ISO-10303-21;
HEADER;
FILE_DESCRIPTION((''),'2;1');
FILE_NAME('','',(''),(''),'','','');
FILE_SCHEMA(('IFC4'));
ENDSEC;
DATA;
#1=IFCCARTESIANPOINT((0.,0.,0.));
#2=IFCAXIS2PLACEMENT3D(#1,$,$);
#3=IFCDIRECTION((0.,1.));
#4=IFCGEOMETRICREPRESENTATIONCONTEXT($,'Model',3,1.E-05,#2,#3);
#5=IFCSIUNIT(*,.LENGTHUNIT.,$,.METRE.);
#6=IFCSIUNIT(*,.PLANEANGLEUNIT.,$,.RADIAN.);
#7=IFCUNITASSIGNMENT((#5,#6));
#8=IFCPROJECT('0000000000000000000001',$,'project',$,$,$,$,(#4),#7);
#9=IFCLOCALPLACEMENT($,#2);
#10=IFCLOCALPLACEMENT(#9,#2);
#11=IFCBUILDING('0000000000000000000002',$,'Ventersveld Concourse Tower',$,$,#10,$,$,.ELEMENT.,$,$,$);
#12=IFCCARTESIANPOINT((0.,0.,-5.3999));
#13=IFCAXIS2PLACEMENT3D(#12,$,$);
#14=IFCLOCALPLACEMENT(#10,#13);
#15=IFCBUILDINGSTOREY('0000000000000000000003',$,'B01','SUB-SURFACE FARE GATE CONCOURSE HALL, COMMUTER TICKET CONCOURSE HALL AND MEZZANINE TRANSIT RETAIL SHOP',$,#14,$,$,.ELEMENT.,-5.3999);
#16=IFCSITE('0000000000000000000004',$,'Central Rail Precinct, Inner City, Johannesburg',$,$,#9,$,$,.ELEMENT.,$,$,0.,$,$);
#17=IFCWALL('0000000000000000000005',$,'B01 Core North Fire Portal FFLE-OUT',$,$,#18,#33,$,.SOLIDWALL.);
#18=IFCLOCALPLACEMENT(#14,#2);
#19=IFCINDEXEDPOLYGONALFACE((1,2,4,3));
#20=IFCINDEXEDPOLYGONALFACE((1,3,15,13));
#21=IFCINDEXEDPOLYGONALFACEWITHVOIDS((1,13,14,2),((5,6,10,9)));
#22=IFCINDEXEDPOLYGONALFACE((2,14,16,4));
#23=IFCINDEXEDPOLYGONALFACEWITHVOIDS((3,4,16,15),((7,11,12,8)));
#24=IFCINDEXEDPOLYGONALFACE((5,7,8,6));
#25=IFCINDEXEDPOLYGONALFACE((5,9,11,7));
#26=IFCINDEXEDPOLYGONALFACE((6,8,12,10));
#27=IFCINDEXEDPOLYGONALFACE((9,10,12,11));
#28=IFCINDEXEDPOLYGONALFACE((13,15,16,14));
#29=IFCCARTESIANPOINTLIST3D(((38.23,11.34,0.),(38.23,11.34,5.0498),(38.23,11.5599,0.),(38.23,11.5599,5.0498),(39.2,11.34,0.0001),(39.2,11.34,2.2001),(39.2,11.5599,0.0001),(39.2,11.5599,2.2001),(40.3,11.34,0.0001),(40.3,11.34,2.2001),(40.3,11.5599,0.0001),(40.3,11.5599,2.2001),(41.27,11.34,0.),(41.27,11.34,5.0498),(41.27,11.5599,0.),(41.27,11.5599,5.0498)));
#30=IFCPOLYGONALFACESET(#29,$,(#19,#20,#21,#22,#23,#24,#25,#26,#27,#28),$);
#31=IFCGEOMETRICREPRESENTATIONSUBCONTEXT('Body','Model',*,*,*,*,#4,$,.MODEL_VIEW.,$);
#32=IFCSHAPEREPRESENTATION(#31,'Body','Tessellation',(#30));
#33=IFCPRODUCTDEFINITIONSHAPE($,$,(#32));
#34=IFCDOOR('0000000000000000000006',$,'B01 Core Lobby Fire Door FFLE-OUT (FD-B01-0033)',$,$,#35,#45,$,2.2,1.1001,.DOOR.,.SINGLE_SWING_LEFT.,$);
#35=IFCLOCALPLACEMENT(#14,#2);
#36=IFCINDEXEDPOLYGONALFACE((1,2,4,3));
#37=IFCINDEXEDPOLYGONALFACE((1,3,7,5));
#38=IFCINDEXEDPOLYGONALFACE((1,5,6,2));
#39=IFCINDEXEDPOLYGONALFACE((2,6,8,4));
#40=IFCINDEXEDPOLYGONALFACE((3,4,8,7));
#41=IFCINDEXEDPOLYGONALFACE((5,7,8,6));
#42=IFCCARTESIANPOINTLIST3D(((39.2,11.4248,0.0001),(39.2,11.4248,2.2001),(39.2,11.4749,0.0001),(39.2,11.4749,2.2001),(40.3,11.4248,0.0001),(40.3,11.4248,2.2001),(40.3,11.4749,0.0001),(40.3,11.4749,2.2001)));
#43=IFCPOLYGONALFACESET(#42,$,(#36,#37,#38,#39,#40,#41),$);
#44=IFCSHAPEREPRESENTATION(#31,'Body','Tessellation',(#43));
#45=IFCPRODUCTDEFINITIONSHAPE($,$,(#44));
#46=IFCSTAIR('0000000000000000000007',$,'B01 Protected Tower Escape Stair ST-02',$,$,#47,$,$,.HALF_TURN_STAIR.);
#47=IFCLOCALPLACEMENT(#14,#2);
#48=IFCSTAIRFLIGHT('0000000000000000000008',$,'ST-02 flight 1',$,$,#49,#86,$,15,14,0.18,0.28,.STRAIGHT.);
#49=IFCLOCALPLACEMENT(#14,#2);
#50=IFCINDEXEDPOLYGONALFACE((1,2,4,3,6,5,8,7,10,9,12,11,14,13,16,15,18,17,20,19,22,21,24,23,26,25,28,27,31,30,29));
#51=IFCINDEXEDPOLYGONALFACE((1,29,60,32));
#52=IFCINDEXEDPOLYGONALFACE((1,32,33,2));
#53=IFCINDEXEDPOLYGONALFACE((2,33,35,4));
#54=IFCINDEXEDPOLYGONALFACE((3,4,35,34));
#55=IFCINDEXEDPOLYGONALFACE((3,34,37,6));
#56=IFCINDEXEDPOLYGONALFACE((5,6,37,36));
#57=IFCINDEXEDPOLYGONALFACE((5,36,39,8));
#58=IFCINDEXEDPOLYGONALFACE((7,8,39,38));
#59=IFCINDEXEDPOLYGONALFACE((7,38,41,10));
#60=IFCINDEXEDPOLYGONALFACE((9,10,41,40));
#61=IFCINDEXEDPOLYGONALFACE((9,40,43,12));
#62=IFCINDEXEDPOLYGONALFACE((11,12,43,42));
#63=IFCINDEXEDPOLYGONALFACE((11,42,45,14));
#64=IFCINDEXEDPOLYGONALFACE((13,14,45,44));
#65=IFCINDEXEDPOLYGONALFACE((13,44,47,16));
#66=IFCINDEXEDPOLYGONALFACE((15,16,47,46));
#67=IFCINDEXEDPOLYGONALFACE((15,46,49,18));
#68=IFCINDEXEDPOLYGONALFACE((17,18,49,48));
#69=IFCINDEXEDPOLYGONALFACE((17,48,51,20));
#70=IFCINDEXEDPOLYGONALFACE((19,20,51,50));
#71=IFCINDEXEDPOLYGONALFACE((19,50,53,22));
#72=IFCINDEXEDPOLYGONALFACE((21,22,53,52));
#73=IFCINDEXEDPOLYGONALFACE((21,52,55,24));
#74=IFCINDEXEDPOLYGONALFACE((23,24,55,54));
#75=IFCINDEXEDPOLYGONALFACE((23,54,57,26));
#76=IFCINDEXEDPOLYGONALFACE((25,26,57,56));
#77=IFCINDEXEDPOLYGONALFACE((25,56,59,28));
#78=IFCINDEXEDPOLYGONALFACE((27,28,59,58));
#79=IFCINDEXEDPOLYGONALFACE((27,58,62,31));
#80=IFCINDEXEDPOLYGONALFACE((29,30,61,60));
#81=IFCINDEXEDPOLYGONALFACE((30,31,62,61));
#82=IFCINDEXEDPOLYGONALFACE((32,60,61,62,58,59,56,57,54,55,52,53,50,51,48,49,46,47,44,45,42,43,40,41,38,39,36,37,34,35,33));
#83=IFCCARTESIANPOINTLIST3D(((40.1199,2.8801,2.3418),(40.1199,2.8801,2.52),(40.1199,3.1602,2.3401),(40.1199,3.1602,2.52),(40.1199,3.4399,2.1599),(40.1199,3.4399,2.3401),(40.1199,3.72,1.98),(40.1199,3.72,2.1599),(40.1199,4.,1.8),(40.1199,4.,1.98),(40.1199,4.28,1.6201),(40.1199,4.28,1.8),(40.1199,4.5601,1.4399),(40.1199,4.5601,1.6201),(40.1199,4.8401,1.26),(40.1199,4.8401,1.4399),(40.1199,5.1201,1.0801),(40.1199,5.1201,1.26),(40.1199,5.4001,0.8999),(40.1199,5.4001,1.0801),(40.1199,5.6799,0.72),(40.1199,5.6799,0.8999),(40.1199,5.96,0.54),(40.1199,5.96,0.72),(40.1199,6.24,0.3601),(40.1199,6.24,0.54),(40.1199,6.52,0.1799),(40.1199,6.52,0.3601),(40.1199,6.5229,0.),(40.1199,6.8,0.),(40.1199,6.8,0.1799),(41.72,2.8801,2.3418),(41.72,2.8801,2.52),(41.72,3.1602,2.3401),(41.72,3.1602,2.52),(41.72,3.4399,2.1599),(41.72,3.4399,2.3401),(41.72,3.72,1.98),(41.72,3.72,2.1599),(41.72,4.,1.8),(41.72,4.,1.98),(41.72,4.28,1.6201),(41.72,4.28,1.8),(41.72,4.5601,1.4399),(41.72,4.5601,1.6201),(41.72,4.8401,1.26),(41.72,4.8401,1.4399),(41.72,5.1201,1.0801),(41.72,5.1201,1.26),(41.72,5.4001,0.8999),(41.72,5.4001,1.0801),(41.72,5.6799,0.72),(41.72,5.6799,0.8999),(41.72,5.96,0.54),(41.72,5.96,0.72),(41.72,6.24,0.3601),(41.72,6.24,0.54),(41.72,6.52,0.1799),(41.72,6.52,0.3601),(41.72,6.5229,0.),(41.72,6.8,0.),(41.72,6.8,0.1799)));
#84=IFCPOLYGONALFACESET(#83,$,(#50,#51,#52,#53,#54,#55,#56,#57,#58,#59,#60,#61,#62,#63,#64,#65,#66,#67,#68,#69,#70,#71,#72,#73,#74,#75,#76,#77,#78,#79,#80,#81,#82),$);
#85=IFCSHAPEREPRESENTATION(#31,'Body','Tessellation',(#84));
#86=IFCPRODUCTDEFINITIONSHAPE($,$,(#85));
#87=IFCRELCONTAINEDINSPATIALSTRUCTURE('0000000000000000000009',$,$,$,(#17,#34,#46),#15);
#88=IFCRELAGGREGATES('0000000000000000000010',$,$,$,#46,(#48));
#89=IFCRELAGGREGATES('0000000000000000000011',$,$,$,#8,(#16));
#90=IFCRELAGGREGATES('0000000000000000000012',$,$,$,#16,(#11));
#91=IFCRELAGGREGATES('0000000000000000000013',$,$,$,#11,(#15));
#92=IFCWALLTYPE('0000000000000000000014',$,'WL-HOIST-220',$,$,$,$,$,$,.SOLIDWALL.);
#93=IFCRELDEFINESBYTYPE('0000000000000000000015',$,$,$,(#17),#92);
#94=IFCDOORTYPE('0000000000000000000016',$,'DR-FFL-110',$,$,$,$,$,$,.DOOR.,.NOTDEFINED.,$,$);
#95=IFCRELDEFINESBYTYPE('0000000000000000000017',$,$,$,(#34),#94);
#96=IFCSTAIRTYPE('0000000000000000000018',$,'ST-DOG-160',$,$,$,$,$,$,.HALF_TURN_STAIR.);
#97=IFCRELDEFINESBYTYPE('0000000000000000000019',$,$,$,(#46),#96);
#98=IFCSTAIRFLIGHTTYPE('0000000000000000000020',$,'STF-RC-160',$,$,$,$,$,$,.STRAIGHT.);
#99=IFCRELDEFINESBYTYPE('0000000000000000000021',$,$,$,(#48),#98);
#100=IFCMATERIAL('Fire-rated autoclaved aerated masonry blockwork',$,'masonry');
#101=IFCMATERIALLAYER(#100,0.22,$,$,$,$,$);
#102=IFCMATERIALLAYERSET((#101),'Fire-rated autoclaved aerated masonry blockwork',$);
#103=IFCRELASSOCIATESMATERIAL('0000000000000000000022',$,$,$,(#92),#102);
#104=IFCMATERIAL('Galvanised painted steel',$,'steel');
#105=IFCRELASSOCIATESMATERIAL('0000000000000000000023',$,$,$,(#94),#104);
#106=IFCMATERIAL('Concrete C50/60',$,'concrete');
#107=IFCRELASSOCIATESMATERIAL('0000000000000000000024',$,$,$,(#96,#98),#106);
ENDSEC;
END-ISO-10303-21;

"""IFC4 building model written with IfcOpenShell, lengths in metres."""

from ifc_helpers import new_model, si_unit, direction, frame, frame_2d, origin, place, context, subcontext, project, spatial, polyline, rectangle, outline, extrude, material, layer, layer_set, type_object, element, fill, aggregate, save


model = new_model("IFC4")

# Units and contexts
model_context = context("Model", 3, precision=1e-05, world=origin(), true_north=direction((0.0, 1.0)))
body_context = subcontext(model_context, "Body", "Model", "MODEL_VIEW")
ifc_project = project(units=[si_unit("LENGTHUNIT", "METRE"), si_unit("PLANEANGLEUNIT", "RADIAN")], contexts=[model_context])

# Site, building, storey
site_placement = place(None, origin())
site = spatial("IfcSite", under=ifc_project, at=site_placement, Name="Central Rail Precinct, Inner City, Johannesburg", CompositionType="ELEMENT", RefElevation=0.0)
building_placement = place(site_placement, origin())
building = spatial("IfcBuilding", under=site, at=building_placement, Name="Ventersveld Concourse Tower", CompositionType="ELEMENT")
storey_placement = place(building_placement, frame((0.0, 0.0, -5.3999)))
storey = spatial("IfcBuildingStorey", under=building, at=storey_placement, Name="B01", Description="SUB-SURFACE FARE GATE CONCOURSE HALL, COMMUTER TICKET CONCOURSE HALL AND MEZZANINE TRANSIT RETAIL SHOP", CompositionType="ELEMENT", Elevation=-5.3999)

# Shared definitions
ifc_material_1 = material(Name="Concrete C50/60", Category="concrete")

# Shared definitions
ifc_material_2 = material(Name="Fire-rated autoclaved aerated masonry blockwork", Category="masonry")
ifc_material_3 = material(Name="Galvanised painted steel", Category="steel")

# Shared definitions
ifc_layer_1 = layer(ifc_material_2, 0.22)
ifc_layer_set_1 = layer_set([ifc_layer_1], Name="Fire-rated autoclaved aerated masonry blockwork")
wall_type_1 = type_object("IfcWallType", Name="WL-HOIST-220", PredefinedType="SOLIDWALL", material=ifc_layer_set_1)

# Wall, opening, door
door_type_1 = type_object("IfcDoorType", Name="DR-FFL-110", OperationType="NOTDEFINED", PredefinedType="DOOR", material=ifc_material_3)
wall_1_placement = place(storey_placement, frame((38.23, 11.45, 0.0), z_axis=(0.0, 0.0, 1.0), x_axis=(1.0, 0.0, 0.0)))
wall_1 = element("IfcWall", 1, at=wall_1_placement, inside=storey, type_object=wall_type_1, Name="B01 Core North Fire Portal FFLE-OUT", PredefinedType="SOLIDWALL", context=body_context, shape_type="SweptSolid", body=[
    extrude(rectangle(XDim=3.04, YDim=0.22, at=frame_2d((1.52, 0.0))), origin(), (0.0, 0.0, 1.0), 5.0498),
])
opening_1_placement = place(wall_1_placement, frame((0.97, 0.0, 0.0)))
opening_1 = element("IfcOpeningElement", 2, at=opening_1_placement, cuts=wall_1, PredefinedType="OPENING", context=body_context, shape_type="SweptSolid", body=[
    extrude(rectangle(XDim=1.1001, YDim=2.2, at=frame_2d((0.55, 1.1001))), frame((0.0, 0.1201, 0.0), z_axis=(0.0, -1.0, 0.0), x_axis=(1.0, 0.0, 0.0)), (0.0, 0.0, 1.0), 0.24),
])
door_1_placement = place(opening_1_placement, origin())
door_1 = element("IfcDoor", 3, at=door_1_placement, inside=storey, type_object=door_type_1, Name="B01 Core Lobby Fire Door FFLE-OUT (FD-B01-0033)", OperationType="SINGLE_SWING_LEFT", OverallHeight=2.2, OverallWidth=1.1001, PredefinedType="DOOR", context=body_context, shape_type="SweptSolid", body=[
    extrude(rectangle(XDim=1.1001, YDim=2.2, at=frame_2d((0.55, 1.1001))), frame((0.0, 0.0249, 0.0), z_axis=(0.0, -1.0, 0.0), x_axis=(1.0, 0.0, 0.0)), (0.0, 0.0, 1.0), 0.05),
])
fill(opening_1, door_1)

# Stair, stair flight
stair_type = type_object("IfcStairType", Name="ST-DOG-160", PredefinedType="HALF_TURN_STAIR", material=ifc_material_1)
stair_placement = place(storey_placement, origin())
stair = element("IfcStair", 4, at=stair_placement, inside=storey, type_object=stair_type, Name="B01 Protected Tower Escape Stair ST-02", PredefinedType="HALF_TURN_STAIR")
stair_flight_type = type_object("IfcStairFlightType", Name="STF-RC-160", PredefinedType="STRAIGHT", material=ifc_material_1)
stair_flight_placement = place(storey_placement, frame((40.9199, 6.8, 0.0), z_axis=(0.0, 0.0, 1.0), x_axis=(0.0, -1.0, 0.0)))
stair_flight = element("IfcStairFlight", 5, at=stair_flight_placement, type_object=stair_flight_type, Name="ST-02 flight 1", NumberOfRisers=15, NumberOfTreads=14, PredefinedType="STRAIGHT", RiserHeight=0.18, TreadLength=0.28, context=body_context, shape_type="SweptSolid", body=[
    extrude(outline(polyline([(0.0, 0.0), (0.0, 0.1799), (0.28, 0.1799), (0.28, 0.3601), (0.5601, 0.3601), (0.5601, 0.54), (0.8401, 0.54), (0.8401, 0.72), (1.1201, 0.72), (1.1201, 0.8999), (1.3999, 0.8999), (1.3999, 1.0801), (1.6799, 1.0801), (1.6799, 1.26), (1.96, 1.26), (1.96, 1.4399), (2.24, 1.4399), (2.24, 1.6201), (2.52, 1.6201), (2.52, 1.8), (2.8, 1.8), (2.8, 1.98), (3.0801, 1.98), (3.0801, 2.1599), (3.3601, 2.1599), (3.3601, 2.3401), (3.6399, 2.3401), (3.6399, 2.52), (3.9199, 2.52), (3.9199, 2.7), (3.9199, 2.3418), (0.2771, 0.0), (0.0, 0.0)])), frame((0.0, 0.8, 0.0), z_axis=(0.0, -1.0, 0.0), x_axis=(1.0, 0.0, 0.0)), (0.0, 0.0, 1.0), 1.6001),
])
aggregate(stair, [stair_flight])

save(model, "model.ifc")
